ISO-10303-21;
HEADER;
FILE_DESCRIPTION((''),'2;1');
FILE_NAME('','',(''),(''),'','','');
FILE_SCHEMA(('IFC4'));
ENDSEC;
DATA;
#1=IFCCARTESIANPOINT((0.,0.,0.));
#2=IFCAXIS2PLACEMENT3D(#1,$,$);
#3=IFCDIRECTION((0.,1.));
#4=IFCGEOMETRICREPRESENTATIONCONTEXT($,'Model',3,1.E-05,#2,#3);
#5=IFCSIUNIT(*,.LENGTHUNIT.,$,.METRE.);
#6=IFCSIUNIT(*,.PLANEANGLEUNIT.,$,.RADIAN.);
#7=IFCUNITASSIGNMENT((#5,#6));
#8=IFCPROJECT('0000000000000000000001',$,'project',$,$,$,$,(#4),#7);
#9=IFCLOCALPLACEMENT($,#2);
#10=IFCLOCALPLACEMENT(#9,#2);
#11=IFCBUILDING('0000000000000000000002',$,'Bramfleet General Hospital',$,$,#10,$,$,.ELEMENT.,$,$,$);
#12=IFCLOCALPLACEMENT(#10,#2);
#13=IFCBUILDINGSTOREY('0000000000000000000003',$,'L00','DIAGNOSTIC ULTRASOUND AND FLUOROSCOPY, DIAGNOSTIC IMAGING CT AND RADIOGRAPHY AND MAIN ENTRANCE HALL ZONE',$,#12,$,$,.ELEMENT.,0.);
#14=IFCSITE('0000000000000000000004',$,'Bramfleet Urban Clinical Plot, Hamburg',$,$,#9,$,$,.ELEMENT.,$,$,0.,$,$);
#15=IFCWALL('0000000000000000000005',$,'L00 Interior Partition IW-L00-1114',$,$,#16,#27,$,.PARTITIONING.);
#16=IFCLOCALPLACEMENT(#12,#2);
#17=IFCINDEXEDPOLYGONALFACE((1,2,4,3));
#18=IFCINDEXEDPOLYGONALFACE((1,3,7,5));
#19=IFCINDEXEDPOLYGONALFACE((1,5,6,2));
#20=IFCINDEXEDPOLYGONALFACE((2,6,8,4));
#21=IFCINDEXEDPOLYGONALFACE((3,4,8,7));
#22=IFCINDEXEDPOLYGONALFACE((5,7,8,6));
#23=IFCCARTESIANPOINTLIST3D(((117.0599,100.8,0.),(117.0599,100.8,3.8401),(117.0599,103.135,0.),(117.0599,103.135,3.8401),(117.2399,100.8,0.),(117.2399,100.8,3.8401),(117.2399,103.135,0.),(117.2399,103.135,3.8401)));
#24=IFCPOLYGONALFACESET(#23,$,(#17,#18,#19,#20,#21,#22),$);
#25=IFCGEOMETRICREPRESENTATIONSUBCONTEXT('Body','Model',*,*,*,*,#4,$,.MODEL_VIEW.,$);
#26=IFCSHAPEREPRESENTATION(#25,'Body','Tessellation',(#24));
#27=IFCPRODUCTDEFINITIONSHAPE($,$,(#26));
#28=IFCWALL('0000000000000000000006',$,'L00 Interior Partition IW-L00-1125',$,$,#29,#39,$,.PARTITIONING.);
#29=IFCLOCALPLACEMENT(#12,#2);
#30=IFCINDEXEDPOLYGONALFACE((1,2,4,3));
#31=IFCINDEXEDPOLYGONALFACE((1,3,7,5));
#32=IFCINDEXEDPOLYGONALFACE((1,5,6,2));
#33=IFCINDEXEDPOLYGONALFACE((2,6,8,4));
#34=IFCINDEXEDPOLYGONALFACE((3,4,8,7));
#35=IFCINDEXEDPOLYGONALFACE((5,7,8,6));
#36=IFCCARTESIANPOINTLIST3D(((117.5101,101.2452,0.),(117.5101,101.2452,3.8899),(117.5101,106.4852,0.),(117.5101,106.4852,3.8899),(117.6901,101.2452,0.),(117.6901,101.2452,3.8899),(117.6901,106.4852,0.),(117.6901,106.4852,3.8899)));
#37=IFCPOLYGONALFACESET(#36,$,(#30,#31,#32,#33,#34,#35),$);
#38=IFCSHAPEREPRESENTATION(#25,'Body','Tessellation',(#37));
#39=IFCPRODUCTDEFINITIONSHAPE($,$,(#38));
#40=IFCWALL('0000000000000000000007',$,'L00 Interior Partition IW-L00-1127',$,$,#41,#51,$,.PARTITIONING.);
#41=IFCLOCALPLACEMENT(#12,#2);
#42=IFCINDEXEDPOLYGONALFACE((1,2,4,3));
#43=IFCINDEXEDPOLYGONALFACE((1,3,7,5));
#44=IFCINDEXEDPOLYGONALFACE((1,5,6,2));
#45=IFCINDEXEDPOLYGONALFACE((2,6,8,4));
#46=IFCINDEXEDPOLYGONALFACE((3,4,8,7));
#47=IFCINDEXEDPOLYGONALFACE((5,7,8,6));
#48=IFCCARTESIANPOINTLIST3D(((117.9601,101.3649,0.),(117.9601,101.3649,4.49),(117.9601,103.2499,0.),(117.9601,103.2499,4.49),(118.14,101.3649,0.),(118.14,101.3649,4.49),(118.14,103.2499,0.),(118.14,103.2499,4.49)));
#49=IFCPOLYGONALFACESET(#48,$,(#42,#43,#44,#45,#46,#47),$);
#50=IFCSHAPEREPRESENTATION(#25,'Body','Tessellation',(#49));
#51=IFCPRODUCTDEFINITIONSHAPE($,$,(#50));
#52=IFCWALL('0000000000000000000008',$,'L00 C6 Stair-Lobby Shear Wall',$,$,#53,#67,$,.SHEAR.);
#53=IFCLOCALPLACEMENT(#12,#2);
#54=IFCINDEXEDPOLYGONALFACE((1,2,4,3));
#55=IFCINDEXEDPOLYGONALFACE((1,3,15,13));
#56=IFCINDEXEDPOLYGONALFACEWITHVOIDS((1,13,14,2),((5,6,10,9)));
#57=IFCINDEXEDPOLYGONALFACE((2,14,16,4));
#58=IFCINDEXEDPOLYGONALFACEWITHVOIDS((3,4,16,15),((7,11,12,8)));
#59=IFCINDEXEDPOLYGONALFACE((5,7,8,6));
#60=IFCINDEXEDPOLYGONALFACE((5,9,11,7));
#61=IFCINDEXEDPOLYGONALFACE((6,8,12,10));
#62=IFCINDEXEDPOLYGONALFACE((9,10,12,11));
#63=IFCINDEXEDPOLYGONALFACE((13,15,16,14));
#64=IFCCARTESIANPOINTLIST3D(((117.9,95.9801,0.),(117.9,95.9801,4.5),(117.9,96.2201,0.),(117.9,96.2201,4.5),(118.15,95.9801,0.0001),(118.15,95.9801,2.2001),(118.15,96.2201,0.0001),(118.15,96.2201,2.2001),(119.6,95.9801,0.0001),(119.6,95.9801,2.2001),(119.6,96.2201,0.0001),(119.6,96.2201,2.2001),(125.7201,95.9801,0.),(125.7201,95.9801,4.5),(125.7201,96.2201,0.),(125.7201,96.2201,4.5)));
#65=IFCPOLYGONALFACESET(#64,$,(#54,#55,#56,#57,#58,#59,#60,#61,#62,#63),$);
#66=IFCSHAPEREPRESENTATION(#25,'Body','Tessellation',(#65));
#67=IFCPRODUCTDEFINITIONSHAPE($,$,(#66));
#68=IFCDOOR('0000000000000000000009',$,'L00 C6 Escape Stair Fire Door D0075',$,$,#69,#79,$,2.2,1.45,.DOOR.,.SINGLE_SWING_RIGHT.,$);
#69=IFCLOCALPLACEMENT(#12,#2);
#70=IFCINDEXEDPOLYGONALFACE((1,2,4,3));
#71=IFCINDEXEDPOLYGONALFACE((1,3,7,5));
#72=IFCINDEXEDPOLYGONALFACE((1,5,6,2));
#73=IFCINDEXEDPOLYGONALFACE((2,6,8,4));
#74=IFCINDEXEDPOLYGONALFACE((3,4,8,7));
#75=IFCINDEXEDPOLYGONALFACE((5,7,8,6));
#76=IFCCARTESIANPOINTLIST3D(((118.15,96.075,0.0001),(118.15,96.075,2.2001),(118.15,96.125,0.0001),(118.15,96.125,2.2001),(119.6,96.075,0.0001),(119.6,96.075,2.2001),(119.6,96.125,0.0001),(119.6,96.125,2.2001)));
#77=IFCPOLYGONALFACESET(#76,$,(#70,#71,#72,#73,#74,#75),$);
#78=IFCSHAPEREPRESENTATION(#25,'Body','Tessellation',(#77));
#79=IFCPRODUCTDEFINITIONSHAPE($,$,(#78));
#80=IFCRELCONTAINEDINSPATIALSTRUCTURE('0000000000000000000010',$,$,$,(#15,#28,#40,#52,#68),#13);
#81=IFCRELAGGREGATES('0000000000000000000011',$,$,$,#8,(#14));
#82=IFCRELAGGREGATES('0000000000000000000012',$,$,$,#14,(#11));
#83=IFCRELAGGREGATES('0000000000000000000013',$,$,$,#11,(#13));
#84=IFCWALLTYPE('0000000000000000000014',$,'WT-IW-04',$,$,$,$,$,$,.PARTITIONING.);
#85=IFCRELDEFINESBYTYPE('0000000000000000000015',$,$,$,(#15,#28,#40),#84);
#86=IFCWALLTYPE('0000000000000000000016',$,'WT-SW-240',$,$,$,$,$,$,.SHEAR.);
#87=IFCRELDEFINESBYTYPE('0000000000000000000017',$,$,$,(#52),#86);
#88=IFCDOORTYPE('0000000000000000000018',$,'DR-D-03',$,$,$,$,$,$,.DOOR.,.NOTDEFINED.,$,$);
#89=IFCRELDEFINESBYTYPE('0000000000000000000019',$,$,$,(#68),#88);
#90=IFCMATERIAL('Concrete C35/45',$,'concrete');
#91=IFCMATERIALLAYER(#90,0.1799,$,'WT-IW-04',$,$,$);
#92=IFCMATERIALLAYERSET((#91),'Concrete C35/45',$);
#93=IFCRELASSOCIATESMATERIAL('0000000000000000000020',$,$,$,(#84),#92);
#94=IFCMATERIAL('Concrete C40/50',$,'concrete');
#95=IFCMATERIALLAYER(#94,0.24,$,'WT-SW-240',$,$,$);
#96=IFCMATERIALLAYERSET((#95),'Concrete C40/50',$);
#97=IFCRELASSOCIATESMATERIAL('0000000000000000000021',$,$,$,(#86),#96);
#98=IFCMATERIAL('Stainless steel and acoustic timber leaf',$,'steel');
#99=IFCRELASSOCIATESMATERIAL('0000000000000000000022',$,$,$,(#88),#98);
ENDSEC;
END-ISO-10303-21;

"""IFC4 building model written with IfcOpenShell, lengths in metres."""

from ifc_helpers import new_model, si_unit, direction, frame, frame_2d, origin, place, context, subcontext, project, spatial, rectangle, extrude, material, layer, layer_set, type_object, element, fill, save


model = new_model("IFC4")

# Units and contexts
model_context = context("Model", 3, precision=1e-05, world=origin(), true_north=direction((0.0, 1.0)))
body_context = subcontext(model_context, "Body", "Model", "MODEL_VIEW")
ifc_project = project(units=[si_unit("LENGTHUNIT", "METRE"), si_unit("PLANEANGLEUNIT", "RADIAN")], contexts=[model_context])

# Site, building, storey
site_placement = place(None, origin())
site = spatial("IfcSite", under=ifc_project, at=site_placement, Name="Bramfleet Urban Clinical Plot, Hamburg", CompositionType="ELEMENT", RefElevation=0.0)
building_placement = place(site_placement, origin())
building = spatial("IfcBuilding", under=site, at=building_placement, Name="Bramfleet General Hospital", CompositionType="ELEMENT")
storey_placement = place(building_placement, origin())
storey = spatial("IfcBuildingStorey", under=building, at=storey_placement, Name="L00", Description="DIAGNOSTIC ULTRASOUND AND FLUOROSCOPY, DIAGNOSTIC IMAGING CT AND RADIOGRAPHY AND MAIN ENTRANCE HALL ZONE", CompositionType="ELEMENT", Elevation=0.0)

# Shared definitions
ifc_material_1 = material(Name="Concrete C40/50", Category="concrete")

# Shared definitions
ifc_material_2 = material(Name="Concrete C35/45", Category="concrete")

# Shared definitions
ifc_material_3 = material(Name="Stainless steel and acoustic timber leaf", Category="steel")

# Walls
ifc_layer_1 = layer(ifc_material_2, 0.1799, Name="WT-IW-04")
ifc_layer_set_1 = layer_set([ifc_layer_1], Name="Concrete C35/45")
wall_type_1 = type_object("IfcWallType", Name="WT-IW-04", PredefinedType="PARTITIONING", material=ifc_layer_set_1)
wall_1_placement = place(storey_placement, frame((117.1499, 100.8, 0.0), z_axis=(0.0, 0.0, 1.0), x_axis=(0.0, 1.0, 0.0)))
element("IfcWall", 1, at=wall_1_placement, inside=storey, type_object=wall_type_1, Name="L00 Interior Partition IW-L00-1114", PredefinedType="PARTITIONING", context=body_context, shape_type="SweptSolid", body=[
    extrude(rectangle(XDim=2.335, YDim=0.1799, at=frame_2d((1.1675, 0.0))), origin(), (0.0, 0.0, 1.0), 3.8401),
])
wall_2_placement = place(storey_placement, frame((117.6001, 101.2451, 0.0), z_axis=(0.0, 0.0, 1.0), x_axis=(0.0, 1.0, 0.0)))
element("IfcWall", 2, at=wall_2_placement, inside=storey, type_object=wall_type_1, Name="L00 Interior Partition IW-L00-1125", PredefinedType="PARTITIONING", context=body_context, shape_type="SweptSolid", body=[
    extrude(rectangle(XDim=5.24, YDim=0.1799, at=frame_2d((2.6201, 0.0))), origin(), (0.0, 0.0, 1.0), 3.8899),
])
wall_3_placement = place(storey_placement, frame((118.05, 101.365, 0.0), z_axis=(0.0, 0.0, 1.0), x_axis=(0.0, 1.0, 0.0)))
element("IfcWall", 3, at=wall_3_placement, inside=storey, type_object=wall_type_1, Name="L00 Interior Partition IW-L00-1127", PredefinedType="PARTITIONING", context=body_context, shape_type="SweptSolid", body=[
    extrude(rectangle(XDim=1.885, YDim=0.1799, at=frame_2d((0.9424, 0.0))), origin(), (0.0, 0.0, 1.0), 4.49),
])

# Wall, opening, door
ifc_layer_2 = layer(ifc_material_1, 0.24, Name="WT-SW-240")
ifc_layer_set_2 = layer_set([ifc_layer_2], Name="Concrete C40/50")
wall_type_2 = type_object("IfcWallType", Name="WT-SW-240", PredefinedType="SHEAR", material=ifc_layer_set_2)
wall_4_placement = place(storey_placement, frame((117.8999, 96.1001, 0.0), z_axis=(0.0, 0.0, 1.0), x_axis=(1.0, 0.0, 0.0)))
wall_4 = element("IfcWall", 4, at=wall_4_placement, inside=storey, type_object=wall_type_2, Name="L00 C6 Stair-Lobby Shear Wall", PredefinedType="SHEAR", context=body_context, shape_type="SweptSolid", body=[
    extrude(rectangle(XDim=7.8201, YDim=0.24, at=frame_2d((3.9102, 0.0))), origin(), (0.0, 0.0, 1.0), 4.5),
])
opening_1_placement = place(wall_4_placement, frame((0.25, 0.0, 0.0)))
opening_1 = element("IfcOpeningElement", 5, at=opening_1_placement, cuts=wall_4, PredefinedType="OPENING", context=body_context, shape_type="SweptSolid", body=[
    extrude(rectangle(XDim=1.45, YDim=2.2, at=frame_2d((0.7251, 1.1001))), frame((0.0, 0.1299, 0.0), z_axis=(0.0, -1.0, 0.0), x_axis=(1.0, 0.0, 0.0)), (0.0, 0.0, 1.0), 0.26),
])
door_type_1 = type_object("IfcDoorType", Name="DR-D-03", OperationType="NOTDEFINED", PredefinedType="DOOR", material=ifc_material_3)
door_1_placement = place(opening_1_placement, origin())
door_1 = element("IfcDoor", 6, at=door_1_placement, inside=storey, type_object=door_type_1, Name="L00 C6 Escape Stair Fire Door D0075", OperationType="SINGLE_SWING_RIGHT", OverallHeight=2.2, OverallWidth=1.45, PredefinedType="DOOR", context=body_context, shape_type="SweptSolid", body=[
    extrude(rectangle(XDim=1.45, YDim=2.2, at=frame_2d((0.7251, 1.1001))), frame((0.0, 0.0249, 0.0), z_axis=(0.0, -1.0, 0.0), x_axis=(1.0, 0.0, 0.0)), (0.0, 0.0, 1.0), 0.05),
])
fill(opening_1, door_1)

save(model, "model.ifc")
